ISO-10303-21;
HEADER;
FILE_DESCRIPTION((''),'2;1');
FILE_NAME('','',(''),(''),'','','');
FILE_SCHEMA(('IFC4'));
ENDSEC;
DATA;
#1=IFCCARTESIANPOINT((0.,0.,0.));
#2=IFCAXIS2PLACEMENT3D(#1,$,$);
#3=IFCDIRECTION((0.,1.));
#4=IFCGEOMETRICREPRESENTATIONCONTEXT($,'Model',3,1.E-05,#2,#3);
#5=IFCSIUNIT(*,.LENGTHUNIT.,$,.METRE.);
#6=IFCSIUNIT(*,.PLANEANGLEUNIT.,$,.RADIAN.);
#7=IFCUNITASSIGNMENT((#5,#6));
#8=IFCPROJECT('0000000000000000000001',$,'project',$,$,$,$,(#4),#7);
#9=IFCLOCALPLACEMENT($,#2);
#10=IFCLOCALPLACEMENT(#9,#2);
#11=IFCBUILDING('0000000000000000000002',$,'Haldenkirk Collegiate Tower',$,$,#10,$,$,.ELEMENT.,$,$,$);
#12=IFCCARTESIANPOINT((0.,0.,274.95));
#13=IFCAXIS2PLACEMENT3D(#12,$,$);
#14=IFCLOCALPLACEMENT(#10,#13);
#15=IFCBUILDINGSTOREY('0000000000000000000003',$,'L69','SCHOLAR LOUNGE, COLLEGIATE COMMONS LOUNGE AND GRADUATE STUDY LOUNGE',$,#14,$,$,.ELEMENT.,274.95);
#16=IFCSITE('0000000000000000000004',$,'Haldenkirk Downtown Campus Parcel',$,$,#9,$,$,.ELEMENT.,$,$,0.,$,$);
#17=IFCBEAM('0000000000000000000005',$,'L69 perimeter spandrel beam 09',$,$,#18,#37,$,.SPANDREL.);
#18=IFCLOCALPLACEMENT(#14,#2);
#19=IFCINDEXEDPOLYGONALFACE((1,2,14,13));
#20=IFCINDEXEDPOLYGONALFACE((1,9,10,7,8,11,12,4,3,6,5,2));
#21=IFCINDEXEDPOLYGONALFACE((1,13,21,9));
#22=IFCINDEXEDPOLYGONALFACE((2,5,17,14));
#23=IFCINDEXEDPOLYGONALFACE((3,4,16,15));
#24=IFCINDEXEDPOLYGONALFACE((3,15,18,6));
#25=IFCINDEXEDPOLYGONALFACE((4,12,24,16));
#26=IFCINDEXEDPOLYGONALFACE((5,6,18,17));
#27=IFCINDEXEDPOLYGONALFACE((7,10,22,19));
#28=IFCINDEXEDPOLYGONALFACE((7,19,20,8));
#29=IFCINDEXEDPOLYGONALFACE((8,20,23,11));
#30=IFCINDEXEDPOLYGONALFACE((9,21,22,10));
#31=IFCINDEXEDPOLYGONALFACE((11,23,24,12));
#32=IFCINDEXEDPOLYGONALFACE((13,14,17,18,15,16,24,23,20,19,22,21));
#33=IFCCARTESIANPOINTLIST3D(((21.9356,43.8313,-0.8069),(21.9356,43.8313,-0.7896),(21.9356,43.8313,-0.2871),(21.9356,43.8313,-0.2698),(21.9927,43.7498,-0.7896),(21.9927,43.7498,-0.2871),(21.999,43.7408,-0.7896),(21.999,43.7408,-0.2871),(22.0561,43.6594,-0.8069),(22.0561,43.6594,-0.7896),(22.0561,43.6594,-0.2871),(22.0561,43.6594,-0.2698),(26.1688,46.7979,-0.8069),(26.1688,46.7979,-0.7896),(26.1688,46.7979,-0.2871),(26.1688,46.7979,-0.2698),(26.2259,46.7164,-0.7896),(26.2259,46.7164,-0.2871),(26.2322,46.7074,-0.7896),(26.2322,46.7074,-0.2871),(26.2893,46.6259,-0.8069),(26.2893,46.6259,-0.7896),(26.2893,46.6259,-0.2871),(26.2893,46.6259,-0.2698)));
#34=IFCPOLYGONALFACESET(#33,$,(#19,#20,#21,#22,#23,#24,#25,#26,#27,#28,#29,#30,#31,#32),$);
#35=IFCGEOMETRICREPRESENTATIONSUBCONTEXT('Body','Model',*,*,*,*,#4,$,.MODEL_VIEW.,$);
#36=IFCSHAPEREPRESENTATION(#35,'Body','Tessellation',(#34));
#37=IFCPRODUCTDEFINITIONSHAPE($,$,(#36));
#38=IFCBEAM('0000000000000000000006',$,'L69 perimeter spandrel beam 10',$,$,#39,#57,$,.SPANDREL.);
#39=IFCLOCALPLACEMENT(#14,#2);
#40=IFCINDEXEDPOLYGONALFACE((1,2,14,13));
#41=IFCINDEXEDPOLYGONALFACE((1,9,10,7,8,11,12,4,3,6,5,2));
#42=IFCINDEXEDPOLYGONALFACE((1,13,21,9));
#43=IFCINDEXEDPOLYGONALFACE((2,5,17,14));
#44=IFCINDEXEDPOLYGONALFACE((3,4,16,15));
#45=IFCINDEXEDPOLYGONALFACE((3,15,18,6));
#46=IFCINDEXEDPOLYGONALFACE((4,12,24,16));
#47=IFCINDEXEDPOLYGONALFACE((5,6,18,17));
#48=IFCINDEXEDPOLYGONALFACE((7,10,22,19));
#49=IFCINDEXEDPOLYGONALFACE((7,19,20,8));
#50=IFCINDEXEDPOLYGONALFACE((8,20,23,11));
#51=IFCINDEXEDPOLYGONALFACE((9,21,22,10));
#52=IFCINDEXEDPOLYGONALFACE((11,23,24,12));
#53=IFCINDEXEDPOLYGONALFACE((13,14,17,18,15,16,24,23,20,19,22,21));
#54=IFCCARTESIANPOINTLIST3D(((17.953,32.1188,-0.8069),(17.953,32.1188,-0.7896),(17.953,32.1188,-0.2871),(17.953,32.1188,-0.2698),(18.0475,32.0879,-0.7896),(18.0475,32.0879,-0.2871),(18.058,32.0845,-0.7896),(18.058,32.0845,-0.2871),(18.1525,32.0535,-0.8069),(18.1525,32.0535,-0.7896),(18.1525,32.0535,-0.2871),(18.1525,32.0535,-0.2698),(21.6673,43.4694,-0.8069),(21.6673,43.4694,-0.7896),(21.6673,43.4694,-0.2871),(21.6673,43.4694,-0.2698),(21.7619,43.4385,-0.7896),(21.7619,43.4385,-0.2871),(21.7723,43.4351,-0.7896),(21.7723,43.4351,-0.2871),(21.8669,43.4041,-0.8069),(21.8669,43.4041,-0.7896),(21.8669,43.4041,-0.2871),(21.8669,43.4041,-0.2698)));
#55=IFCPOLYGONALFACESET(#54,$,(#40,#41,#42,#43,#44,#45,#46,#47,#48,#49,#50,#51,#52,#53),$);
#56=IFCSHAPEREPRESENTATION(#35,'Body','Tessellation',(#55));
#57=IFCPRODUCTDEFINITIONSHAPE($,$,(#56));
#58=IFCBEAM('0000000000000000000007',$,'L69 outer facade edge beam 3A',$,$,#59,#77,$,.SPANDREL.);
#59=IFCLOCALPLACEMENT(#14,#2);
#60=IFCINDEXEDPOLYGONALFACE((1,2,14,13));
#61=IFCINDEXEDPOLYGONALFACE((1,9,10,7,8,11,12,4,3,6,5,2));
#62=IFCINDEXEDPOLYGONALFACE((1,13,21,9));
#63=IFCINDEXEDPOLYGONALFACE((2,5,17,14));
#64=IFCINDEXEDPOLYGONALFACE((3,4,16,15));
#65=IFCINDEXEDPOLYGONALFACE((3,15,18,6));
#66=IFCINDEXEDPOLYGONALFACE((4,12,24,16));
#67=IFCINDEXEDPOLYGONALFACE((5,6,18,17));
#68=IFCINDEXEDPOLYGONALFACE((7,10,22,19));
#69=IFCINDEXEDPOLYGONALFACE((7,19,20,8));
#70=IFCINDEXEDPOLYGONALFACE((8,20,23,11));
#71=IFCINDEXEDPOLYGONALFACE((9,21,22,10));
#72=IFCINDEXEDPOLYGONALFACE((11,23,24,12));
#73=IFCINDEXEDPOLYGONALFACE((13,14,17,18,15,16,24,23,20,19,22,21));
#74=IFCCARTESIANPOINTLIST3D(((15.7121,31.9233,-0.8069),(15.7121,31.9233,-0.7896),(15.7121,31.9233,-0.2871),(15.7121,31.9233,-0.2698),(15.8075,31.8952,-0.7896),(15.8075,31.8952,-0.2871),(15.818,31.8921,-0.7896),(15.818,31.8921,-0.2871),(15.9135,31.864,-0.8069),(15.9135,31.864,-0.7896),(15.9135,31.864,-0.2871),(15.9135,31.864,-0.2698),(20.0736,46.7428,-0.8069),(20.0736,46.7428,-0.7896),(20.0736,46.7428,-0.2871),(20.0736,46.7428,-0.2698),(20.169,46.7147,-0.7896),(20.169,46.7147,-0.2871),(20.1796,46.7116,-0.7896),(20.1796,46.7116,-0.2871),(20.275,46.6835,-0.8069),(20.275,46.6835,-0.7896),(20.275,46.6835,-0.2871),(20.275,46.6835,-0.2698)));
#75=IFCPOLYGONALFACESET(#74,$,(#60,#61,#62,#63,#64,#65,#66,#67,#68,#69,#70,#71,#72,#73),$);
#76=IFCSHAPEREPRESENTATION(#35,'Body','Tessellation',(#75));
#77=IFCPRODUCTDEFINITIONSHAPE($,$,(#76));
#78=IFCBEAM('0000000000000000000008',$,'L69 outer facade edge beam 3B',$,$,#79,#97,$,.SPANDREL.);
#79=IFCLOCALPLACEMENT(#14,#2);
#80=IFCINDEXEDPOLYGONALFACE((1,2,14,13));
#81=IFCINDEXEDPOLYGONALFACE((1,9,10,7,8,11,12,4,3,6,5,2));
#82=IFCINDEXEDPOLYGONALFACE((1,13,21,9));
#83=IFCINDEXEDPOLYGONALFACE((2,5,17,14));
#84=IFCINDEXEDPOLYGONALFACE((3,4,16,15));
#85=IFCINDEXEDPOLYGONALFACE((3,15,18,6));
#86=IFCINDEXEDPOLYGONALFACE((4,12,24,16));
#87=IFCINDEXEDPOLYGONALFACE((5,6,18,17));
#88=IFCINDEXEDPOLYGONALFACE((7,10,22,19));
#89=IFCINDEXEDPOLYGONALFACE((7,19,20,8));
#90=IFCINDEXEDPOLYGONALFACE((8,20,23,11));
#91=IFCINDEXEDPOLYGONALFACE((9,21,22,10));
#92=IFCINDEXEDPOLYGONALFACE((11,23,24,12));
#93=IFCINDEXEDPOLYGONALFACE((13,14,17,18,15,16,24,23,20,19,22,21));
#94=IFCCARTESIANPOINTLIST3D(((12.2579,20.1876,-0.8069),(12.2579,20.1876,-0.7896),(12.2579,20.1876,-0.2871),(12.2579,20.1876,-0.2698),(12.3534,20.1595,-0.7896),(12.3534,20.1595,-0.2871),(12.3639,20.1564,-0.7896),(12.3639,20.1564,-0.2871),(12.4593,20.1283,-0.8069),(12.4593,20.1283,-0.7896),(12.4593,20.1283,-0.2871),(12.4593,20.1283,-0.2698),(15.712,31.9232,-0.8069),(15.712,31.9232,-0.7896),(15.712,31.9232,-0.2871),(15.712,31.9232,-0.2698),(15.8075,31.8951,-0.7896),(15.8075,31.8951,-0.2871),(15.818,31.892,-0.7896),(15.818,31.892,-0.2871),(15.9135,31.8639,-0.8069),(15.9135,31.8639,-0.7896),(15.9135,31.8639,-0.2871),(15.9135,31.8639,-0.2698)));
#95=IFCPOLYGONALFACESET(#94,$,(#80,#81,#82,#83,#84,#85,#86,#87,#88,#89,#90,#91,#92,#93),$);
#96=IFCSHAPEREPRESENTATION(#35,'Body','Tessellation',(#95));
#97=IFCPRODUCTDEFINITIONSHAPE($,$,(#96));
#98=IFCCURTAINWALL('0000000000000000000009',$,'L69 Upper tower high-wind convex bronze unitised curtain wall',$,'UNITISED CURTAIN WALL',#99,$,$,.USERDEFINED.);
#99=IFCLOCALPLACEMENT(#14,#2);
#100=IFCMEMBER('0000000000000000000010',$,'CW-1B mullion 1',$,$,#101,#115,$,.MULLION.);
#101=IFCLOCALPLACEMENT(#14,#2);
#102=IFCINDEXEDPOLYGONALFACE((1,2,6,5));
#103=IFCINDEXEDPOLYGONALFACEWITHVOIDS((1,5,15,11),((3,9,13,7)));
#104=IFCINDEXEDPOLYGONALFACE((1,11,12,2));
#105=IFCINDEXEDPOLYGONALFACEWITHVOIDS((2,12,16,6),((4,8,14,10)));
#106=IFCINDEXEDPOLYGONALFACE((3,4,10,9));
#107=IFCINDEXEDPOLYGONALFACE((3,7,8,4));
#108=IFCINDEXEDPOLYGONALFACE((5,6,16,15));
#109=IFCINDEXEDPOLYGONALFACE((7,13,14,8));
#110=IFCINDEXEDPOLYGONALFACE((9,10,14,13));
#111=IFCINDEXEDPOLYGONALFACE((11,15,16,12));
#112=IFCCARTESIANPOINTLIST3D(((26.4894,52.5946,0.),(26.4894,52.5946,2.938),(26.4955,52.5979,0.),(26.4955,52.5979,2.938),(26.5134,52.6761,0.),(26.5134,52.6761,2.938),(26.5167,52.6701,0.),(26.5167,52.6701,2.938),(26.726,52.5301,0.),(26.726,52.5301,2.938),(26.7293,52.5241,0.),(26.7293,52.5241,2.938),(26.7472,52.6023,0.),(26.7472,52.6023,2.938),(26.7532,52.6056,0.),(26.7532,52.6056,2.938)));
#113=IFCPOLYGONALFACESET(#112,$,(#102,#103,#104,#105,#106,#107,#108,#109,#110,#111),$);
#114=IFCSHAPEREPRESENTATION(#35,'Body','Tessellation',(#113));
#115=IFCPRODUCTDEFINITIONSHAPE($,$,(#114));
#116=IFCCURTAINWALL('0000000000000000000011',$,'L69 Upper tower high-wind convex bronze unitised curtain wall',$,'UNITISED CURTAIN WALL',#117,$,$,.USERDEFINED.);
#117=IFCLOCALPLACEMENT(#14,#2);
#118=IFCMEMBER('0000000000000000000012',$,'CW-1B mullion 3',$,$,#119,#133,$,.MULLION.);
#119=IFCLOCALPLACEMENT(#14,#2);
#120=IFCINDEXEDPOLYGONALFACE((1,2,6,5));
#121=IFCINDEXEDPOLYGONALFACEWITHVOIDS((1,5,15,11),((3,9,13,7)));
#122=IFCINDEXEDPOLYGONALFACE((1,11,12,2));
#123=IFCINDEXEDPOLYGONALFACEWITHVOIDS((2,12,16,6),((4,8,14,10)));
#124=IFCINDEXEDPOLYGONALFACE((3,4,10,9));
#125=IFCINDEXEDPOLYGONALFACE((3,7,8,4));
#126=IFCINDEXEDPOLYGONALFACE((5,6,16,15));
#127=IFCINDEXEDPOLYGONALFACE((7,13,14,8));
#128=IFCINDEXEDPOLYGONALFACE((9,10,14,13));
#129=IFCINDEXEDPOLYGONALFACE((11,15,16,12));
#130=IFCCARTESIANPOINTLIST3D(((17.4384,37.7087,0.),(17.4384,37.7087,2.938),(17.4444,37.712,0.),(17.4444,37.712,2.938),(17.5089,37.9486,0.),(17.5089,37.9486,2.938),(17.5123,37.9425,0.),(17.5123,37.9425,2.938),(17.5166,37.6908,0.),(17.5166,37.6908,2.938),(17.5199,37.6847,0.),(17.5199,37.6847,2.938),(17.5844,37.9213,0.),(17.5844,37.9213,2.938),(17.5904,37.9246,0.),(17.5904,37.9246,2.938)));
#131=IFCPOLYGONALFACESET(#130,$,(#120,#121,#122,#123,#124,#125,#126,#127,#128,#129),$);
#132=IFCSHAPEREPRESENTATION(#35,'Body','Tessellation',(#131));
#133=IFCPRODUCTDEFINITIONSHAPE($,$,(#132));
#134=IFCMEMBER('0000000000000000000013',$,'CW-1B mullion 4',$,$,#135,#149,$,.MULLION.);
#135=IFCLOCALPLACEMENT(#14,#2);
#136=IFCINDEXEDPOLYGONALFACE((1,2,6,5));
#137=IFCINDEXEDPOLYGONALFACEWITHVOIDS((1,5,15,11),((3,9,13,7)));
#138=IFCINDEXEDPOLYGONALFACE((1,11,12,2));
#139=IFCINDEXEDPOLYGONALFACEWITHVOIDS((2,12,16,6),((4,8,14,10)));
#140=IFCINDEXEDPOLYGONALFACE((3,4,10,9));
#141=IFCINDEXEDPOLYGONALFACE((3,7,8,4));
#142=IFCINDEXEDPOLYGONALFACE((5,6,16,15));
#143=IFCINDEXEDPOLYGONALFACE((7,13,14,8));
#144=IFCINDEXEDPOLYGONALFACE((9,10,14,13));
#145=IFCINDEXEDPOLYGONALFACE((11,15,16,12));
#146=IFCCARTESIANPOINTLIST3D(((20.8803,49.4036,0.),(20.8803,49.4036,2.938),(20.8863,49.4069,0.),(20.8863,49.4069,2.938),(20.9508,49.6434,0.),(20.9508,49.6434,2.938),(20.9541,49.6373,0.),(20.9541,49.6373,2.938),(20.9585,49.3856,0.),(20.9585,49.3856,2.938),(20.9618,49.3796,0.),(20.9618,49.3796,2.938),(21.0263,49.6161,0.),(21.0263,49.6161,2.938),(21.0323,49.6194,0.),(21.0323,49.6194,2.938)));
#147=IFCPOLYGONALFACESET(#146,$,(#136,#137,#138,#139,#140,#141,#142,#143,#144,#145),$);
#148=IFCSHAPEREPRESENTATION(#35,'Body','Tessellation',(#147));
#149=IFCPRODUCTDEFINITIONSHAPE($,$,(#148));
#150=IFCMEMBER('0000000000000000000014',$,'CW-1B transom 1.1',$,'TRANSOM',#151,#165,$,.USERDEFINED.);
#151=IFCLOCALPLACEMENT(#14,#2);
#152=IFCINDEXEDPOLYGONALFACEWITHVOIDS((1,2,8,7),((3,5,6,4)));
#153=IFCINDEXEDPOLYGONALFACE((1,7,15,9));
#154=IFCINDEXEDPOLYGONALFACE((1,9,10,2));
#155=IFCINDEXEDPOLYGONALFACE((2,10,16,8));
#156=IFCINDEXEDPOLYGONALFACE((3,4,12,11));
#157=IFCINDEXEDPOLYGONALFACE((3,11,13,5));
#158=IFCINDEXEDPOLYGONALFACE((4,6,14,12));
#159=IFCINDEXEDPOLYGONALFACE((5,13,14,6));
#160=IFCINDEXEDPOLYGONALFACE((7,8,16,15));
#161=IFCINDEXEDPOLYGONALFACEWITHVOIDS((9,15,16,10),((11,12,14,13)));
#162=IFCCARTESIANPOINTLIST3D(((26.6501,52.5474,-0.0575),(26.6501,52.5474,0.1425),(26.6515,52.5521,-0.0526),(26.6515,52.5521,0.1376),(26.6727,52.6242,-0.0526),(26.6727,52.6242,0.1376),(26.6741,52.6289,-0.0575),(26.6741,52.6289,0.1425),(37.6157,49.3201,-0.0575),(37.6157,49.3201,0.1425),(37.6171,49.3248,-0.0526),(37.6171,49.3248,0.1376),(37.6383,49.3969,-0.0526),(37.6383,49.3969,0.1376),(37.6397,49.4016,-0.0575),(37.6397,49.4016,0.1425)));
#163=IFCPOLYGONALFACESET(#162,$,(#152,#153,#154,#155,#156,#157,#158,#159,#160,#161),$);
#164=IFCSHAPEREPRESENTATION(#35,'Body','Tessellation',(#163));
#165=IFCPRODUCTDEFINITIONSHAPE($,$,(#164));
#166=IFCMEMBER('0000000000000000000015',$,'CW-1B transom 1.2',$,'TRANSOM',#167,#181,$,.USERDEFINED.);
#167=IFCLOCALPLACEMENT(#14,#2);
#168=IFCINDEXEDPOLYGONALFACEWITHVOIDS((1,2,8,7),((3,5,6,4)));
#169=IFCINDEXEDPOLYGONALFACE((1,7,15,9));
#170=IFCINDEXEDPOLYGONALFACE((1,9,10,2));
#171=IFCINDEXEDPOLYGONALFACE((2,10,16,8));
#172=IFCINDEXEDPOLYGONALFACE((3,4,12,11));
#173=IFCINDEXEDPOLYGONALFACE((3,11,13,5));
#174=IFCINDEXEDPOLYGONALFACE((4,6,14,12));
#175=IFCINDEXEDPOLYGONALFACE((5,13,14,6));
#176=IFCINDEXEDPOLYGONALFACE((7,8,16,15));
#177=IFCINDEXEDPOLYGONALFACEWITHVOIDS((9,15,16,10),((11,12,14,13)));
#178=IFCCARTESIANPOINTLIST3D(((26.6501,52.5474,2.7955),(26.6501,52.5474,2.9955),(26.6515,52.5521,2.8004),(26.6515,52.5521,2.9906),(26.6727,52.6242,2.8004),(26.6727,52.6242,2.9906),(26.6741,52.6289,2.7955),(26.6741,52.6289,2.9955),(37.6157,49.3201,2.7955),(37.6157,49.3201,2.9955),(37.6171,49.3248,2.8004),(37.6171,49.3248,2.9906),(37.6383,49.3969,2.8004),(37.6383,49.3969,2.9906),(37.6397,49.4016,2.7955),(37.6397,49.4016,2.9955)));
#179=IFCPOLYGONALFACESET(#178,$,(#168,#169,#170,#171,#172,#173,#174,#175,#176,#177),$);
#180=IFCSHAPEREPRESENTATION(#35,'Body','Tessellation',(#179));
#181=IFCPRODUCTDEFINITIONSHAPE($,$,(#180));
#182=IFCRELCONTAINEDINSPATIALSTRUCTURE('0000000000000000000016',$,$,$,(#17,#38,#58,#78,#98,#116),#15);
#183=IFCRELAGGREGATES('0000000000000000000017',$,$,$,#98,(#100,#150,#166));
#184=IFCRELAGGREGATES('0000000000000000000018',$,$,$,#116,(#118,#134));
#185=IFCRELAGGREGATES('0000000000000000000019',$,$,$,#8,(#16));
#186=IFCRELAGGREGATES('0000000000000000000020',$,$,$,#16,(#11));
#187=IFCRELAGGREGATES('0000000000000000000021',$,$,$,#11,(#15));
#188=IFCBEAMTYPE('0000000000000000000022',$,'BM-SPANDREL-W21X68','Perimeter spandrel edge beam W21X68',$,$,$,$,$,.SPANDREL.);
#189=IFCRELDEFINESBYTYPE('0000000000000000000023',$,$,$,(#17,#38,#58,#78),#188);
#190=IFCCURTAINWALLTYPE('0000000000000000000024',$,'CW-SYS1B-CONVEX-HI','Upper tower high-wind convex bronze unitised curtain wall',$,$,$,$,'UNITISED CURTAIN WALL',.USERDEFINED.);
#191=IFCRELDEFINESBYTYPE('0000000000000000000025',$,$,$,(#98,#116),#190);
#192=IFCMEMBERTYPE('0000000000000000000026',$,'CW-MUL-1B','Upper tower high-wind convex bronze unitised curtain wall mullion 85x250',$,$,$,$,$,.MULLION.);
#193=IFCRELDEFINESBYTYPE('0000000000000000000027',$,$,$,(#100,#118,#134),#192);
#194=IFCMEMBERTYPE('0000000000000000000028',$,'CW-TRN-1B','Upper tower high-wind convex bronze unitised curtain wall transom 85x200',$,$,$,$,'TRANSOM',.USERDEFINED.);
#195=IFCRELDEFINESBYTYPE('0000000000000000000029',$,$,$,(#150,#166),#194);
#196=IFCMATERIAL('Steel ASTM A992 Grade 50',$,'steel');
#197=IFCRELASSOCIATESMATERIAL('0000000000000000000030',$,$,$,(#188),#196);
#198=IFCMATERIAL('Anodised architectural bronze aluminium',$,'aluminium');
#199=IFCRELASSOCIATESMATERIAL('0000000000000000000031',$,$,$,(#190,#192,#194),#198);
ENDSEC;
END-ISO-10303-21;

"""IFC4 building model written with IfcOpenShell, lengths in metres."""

from ifc_helpers import new_model, si_unit, direction, frame, origin, origin_2d, place, context, subcontext, project, spatial, hollow_rectangle, i_section, extrude, material, material_profile, profile_set, type_object, element, aggregate, save


model = new_model("IFC4")

# Units and contexts
model_context = context("Model", 3, precision=1e-05, world=origin(), true_north=direction((0.0, 1.0)))
body_context = subcontext(model_context, "Body", "Model", "MODEL_VIEW")
ifc_project = project(units=[si_unit("LENGTHUNIT", "METRE"), si_unit("PLANEANGLEUNIT", "RADIAN")], contexts=[model_context])

# Site, building, storey
site_placement = place(None, origin())
site = spatial("IfcSite", under=ifc_project, at=site_placement, Name="Haldenkirk Downtown Campus Parcel", CompositionType="ELEMENT", RefElevation=0.0)
building_placement = place(site_placement, origin())
building = spatial("IfcBuilding", under=site, at=building_placement, Name="Haldenkirk Collegiate Tower", CompositionType="ELEMENT")
storey_placement = place(building_placement, frame((0.0, 0.0, 274.95)))
storey = spatial("IfcBuildingStorey", under=building, at=storey_placement, Name="L69", Description="SCHOLAR LOUNGE, COLLEGIATE COMMONS LOUNGE AND GRADUATE STUDY LOUNGE", CompositionType="ELEMENT", Elevation=274.95)

# Beams
ifc_material_1 = material(Name="Steel ASTM A992 Grade 50", Category="steel")
ifc_material_profile_1 = material_profile(ifc_material_1, i_section(OverallWidth=0.21, OverallDepth=0.5371, WebThickness=0.011, FlangeThickness=0.0173, at=origin_2d()), Name="W21X68")
ifc_profile_set_1 = profile_set([ifc_material_profile_1], Name="Steel ASTM A992 Grade 50")
beam_type_1 = type_object("IfcBeamType", Name="BM-SPANDREL-W21X68", Description="Perimeter spandrel edge beam W21X68", PredefinedType="SPANDREL", material=ifc_profile_set_1)
beam_1_placement = place(storey_placement, frame((26.229, 46.7119, -0.5383), z_axis=(-0.818928, -0.573897, 0.0), x_axis=(0.573897, -0.818928, 0.0)))
element("IfcBeam", 1, at=beam_1_placement, inside=storey, type_object=beam_type_1, Name="L69 perimeter spandrel beam 09", PredefinedType="SPANDREL", context=body_context, shape_type="SweptSolid", body=[
    extrude(i_section(OverallWidth=0.21, OverallDepth=0.5371, WebThickness=0.011, FlangeThickness=0.0173, at=origin_2d()), origin(), (0.0, 0.0, 1.0), 5.1692),
])
beam_2_placement = place(storey_placement, frame((21.7671, 43.4368, -0.5383), z_axis=(-0.31101, -0.950407, 0.0), x_axis=(0.950407, -0.31101, 0.0)))
element("IfcBeam", 2, at=beam_2_placement, inside=storey, type_object=beam_type_1, Name="L69 perimeter spandrel beam 10", PredefinedType="SPANDREL", context=body_context, shape_type="SweptSolid", body=[
    extrude(i_section(OverallWidth=0.21, OverallDepth=0.5371, WebThickness=0.011, FlangeThickness=0.0173, at=origin_2d()), origin(), (0.0, 0.0, 1.0), 11.9429),
])
beam_3_placement = place(storey_placement, frame((20.1743, 46.7131, -0.5383), z_axis=(-0.282337, -0.959315, 0.0), x_axis=(0.959315, -0.282337, 0.0)))
element("IfcBeam", 3, at=beam_3_placement, inside=storey, type_object=beam_type_1, Name="L69 outer facade edge beam 3A", PredefinedType="SPANDREL", context=body_context, shape_type="SweptSolid", body=[
    extrude(i_section(OverallWidth=0.21, OverallDepth=0.5371, WebThickness=0.011, FlangeThickness=0.0173, at=origin_2d()), origin(), (0.0, 0.0, 1.0), 15.448),
])
beam_4_placement = place(storey_placement, frame((15.8127, 31.8936, -0.5383), z_axis=(-0.282351, -0.959311, 0.0), x_axis=(0.959311, -0.282351, 0.0)))
element("IfcBeam", 4, at=beam_4_placement, inside=storey, type_object=beam_type_1, Name="L69 outer facade edge beam 3B", PredefinedType="SPANDREL", context=body_context, shape_type="SweptSolid", body=[
    extrude(i_section(OverallWidth=0.21, OverallDepth=0.5371, WebThickness=0.011, FlangeThickness=0.0173, at=origin_2d()), origin(), (0.0, 0.0, 1.0), 12.2334),
])

# Curtain wall, member
ifc_material_2 = material(Name="Anodised architectural bronze aluminium", Category="aluminium")
curtain_wall_type = type_object("IfcCurtainWallType", Name="CW-SYS1B-CONVEX-HI", Description="Upper tower high-wind convex bronze unitised curtain wall", ElementType="UNITISED CURTAIN WALL", PredefinedType="USERDEFINED", material=ifc_material_2)
curtain_wall_1_placement = place(storey_placement, origin())
curtain_wall_1 = element("IfcCurtainWall", 5, at=curtain_wall_1_placement, inside=storey, type_object=curtain_wall_type, Name="L69 Upper tower high-wind convex bronze unitised curtain wall", ObjectType="UNITISED CURTAIN WALL", PredefinedType="USERDEFINED")
ifc_material_profile_2 = material_profile(ifc_material_2, hollow_rectangle(XDim=0.085, YDim=0.25, WallThickness=0.0049, at=origin_2d()), Name="CW-MUL-1B")
ifc_profile_set_2 = profile_set([ifc_material_profile_2], Name="Anodised architectural bronze aluminium")
member_type_1 = type_object("IfcMemberType", Name="CW-MUL-1B", Description="Upper tower high-wind convex bronze unitised curtain wall mullion 85x250", PredefinedType="MULLION", material=ifc_profile_set_2)
member_1_placement = place(storey_placement, frame((26.6213, 52.6001, 0.0), z_axis=(0.0, 0.0, 1.0), x_axis=(0.282342, 0.959314, 0.0)))
member_1 = element("IfcMember", 6, at=member_1_placement, type_object=member_type_1, Name="CW-1B mullion 1", PredefinedType="MULLION", context=body_context, shape_type="SweptSolid", body=[
    extrude(hollow_rectangle(XDim=0.085, YDim=0.25, WallThickness=0.0049, at=origin_2d()), origin(), (0.0, 0.0, 1.0), 2.938),
])

# Curtain wall, members
curtain_wall_2_placement = place(storey_placement, origin())
curtain_wall_2 = element("IfcCurtainWall", 7, at=curtain_wall_2_placement, inside=storey, type_object=curtain_wall_type, Name="L69 Upper tower high-wind convex bronze unitised curtain wall", ObjectType="UNITISED CURTAIN WALL", PredefinedType="USERDEFINED")
member_2_placement = place(storey_placement, frame((17.5144, 37.8167, 0.0), z_axis=(0.0, 0.0, 1.0), x_axis=(-0.959313, 0.282344, 0.0)))
member_2 = element("IfcMember", 8, at=member_2_placement, type_object=member_type_1, Name="CW-1B mullion 3", PredefinedType="MULLION", context=body_context, shape_type="SweptSolid", body=[
    extrude(hollow_rectangle(XDim=0.085, YDim=0.25, WallThickness=0.0049, at=origin_2d()), origin(), (0.0, 0.0, 1.0), 2.938),
])
member_3_placement = place(storey_placement, frame((20.9563, 49.5115, 0.0), z_axis=(0.0, 0.0, 1.0), x_axis=(-0.959313, 0.282344, 0.0)))
member_3 = element("IfcMember", 9, at=member_3_placement, type_object=member_type_1, Name="CW-1B mullion 4", PredefinedType="MULLION", context=body_context, shape_type="SweptSolid", body=[
    extrude(hollow_rectangle(XDim=0.085, YDim=0.25, WallThickness=0.0049, at=origin_2d()), origin(), (0.0, 0.0, 1.0), 2.938),
])

# Members
ifc_material_profile_3 = material_profile(ifc_material_2, hollow_rectangle(XDim=0.085, YDim=0.2, WallThickness=0.0049, at=origin_2d()), Name="CW-TRN-1B")
ifc_profile_set_3 = profile_set([ifc_material_profile_3], Name="Anodised architectural bronze aluminium")
member_type_2 = type_object("IfcMemberType", Name="CW-TRN-1B", Description="Upper tower high-wind convex bronze unitised curtain wall transom 85x200", ElementType="TRANSOM", PredefinedType="USERDEFINED", material=ifc_profile_set_3)
member_4_placement = place(storey_placement, frame((26.6621, 52.5881, 0.0425), z_axis=(0.959315, -0.282337, 0.0), x_axis=(0.282337, 0.959315, 0.0)))
member_4 = element("IfcMember", 10, at=member_4_placement, type_object=member_type_2, Name="CW-1B transom 1.1", ObjectType="TRANSOM", PredefinedType="USERDEFINED", context=body_context, shape_type="SweptSolid", body=[
    extrude(hollow_rectangle(XDim=0.085, YDim=0.2, WallThickness=0.0049, at=origin_2d()), origin(), (0.0, 0.0, 1.0), 11.4307),
])
member_5_placement = place(storey_placement, frame((26.6621, 52.5881, 2.8955), z_axis=(0.959315, -0.282337, 0.0), x_axis=(0.282337, 0.959315, 0.0)))
member_5 = element("IfcMember", 11, at=member_5_placement, type_object=member_type_2, Name="CW-1B transom 1.2", ObjectType="TRANSOM", PredefinedType="USERDEFINED", context=body_context, shape_type="SweptSolid", body=[
    extrude(hollow_rectangle(XDim=0.085, YDim=0.2, WallThickness=0.0049, at=origin_2d()), origin(), (0.0, 0.0, 1.0), 11.4307),
])

aggregate(curtain_wall_1, [member_1, member_4, member_5])
aggregate(curtain_wall_2, [member_2, member_3])

save(model, "model.ifc")
